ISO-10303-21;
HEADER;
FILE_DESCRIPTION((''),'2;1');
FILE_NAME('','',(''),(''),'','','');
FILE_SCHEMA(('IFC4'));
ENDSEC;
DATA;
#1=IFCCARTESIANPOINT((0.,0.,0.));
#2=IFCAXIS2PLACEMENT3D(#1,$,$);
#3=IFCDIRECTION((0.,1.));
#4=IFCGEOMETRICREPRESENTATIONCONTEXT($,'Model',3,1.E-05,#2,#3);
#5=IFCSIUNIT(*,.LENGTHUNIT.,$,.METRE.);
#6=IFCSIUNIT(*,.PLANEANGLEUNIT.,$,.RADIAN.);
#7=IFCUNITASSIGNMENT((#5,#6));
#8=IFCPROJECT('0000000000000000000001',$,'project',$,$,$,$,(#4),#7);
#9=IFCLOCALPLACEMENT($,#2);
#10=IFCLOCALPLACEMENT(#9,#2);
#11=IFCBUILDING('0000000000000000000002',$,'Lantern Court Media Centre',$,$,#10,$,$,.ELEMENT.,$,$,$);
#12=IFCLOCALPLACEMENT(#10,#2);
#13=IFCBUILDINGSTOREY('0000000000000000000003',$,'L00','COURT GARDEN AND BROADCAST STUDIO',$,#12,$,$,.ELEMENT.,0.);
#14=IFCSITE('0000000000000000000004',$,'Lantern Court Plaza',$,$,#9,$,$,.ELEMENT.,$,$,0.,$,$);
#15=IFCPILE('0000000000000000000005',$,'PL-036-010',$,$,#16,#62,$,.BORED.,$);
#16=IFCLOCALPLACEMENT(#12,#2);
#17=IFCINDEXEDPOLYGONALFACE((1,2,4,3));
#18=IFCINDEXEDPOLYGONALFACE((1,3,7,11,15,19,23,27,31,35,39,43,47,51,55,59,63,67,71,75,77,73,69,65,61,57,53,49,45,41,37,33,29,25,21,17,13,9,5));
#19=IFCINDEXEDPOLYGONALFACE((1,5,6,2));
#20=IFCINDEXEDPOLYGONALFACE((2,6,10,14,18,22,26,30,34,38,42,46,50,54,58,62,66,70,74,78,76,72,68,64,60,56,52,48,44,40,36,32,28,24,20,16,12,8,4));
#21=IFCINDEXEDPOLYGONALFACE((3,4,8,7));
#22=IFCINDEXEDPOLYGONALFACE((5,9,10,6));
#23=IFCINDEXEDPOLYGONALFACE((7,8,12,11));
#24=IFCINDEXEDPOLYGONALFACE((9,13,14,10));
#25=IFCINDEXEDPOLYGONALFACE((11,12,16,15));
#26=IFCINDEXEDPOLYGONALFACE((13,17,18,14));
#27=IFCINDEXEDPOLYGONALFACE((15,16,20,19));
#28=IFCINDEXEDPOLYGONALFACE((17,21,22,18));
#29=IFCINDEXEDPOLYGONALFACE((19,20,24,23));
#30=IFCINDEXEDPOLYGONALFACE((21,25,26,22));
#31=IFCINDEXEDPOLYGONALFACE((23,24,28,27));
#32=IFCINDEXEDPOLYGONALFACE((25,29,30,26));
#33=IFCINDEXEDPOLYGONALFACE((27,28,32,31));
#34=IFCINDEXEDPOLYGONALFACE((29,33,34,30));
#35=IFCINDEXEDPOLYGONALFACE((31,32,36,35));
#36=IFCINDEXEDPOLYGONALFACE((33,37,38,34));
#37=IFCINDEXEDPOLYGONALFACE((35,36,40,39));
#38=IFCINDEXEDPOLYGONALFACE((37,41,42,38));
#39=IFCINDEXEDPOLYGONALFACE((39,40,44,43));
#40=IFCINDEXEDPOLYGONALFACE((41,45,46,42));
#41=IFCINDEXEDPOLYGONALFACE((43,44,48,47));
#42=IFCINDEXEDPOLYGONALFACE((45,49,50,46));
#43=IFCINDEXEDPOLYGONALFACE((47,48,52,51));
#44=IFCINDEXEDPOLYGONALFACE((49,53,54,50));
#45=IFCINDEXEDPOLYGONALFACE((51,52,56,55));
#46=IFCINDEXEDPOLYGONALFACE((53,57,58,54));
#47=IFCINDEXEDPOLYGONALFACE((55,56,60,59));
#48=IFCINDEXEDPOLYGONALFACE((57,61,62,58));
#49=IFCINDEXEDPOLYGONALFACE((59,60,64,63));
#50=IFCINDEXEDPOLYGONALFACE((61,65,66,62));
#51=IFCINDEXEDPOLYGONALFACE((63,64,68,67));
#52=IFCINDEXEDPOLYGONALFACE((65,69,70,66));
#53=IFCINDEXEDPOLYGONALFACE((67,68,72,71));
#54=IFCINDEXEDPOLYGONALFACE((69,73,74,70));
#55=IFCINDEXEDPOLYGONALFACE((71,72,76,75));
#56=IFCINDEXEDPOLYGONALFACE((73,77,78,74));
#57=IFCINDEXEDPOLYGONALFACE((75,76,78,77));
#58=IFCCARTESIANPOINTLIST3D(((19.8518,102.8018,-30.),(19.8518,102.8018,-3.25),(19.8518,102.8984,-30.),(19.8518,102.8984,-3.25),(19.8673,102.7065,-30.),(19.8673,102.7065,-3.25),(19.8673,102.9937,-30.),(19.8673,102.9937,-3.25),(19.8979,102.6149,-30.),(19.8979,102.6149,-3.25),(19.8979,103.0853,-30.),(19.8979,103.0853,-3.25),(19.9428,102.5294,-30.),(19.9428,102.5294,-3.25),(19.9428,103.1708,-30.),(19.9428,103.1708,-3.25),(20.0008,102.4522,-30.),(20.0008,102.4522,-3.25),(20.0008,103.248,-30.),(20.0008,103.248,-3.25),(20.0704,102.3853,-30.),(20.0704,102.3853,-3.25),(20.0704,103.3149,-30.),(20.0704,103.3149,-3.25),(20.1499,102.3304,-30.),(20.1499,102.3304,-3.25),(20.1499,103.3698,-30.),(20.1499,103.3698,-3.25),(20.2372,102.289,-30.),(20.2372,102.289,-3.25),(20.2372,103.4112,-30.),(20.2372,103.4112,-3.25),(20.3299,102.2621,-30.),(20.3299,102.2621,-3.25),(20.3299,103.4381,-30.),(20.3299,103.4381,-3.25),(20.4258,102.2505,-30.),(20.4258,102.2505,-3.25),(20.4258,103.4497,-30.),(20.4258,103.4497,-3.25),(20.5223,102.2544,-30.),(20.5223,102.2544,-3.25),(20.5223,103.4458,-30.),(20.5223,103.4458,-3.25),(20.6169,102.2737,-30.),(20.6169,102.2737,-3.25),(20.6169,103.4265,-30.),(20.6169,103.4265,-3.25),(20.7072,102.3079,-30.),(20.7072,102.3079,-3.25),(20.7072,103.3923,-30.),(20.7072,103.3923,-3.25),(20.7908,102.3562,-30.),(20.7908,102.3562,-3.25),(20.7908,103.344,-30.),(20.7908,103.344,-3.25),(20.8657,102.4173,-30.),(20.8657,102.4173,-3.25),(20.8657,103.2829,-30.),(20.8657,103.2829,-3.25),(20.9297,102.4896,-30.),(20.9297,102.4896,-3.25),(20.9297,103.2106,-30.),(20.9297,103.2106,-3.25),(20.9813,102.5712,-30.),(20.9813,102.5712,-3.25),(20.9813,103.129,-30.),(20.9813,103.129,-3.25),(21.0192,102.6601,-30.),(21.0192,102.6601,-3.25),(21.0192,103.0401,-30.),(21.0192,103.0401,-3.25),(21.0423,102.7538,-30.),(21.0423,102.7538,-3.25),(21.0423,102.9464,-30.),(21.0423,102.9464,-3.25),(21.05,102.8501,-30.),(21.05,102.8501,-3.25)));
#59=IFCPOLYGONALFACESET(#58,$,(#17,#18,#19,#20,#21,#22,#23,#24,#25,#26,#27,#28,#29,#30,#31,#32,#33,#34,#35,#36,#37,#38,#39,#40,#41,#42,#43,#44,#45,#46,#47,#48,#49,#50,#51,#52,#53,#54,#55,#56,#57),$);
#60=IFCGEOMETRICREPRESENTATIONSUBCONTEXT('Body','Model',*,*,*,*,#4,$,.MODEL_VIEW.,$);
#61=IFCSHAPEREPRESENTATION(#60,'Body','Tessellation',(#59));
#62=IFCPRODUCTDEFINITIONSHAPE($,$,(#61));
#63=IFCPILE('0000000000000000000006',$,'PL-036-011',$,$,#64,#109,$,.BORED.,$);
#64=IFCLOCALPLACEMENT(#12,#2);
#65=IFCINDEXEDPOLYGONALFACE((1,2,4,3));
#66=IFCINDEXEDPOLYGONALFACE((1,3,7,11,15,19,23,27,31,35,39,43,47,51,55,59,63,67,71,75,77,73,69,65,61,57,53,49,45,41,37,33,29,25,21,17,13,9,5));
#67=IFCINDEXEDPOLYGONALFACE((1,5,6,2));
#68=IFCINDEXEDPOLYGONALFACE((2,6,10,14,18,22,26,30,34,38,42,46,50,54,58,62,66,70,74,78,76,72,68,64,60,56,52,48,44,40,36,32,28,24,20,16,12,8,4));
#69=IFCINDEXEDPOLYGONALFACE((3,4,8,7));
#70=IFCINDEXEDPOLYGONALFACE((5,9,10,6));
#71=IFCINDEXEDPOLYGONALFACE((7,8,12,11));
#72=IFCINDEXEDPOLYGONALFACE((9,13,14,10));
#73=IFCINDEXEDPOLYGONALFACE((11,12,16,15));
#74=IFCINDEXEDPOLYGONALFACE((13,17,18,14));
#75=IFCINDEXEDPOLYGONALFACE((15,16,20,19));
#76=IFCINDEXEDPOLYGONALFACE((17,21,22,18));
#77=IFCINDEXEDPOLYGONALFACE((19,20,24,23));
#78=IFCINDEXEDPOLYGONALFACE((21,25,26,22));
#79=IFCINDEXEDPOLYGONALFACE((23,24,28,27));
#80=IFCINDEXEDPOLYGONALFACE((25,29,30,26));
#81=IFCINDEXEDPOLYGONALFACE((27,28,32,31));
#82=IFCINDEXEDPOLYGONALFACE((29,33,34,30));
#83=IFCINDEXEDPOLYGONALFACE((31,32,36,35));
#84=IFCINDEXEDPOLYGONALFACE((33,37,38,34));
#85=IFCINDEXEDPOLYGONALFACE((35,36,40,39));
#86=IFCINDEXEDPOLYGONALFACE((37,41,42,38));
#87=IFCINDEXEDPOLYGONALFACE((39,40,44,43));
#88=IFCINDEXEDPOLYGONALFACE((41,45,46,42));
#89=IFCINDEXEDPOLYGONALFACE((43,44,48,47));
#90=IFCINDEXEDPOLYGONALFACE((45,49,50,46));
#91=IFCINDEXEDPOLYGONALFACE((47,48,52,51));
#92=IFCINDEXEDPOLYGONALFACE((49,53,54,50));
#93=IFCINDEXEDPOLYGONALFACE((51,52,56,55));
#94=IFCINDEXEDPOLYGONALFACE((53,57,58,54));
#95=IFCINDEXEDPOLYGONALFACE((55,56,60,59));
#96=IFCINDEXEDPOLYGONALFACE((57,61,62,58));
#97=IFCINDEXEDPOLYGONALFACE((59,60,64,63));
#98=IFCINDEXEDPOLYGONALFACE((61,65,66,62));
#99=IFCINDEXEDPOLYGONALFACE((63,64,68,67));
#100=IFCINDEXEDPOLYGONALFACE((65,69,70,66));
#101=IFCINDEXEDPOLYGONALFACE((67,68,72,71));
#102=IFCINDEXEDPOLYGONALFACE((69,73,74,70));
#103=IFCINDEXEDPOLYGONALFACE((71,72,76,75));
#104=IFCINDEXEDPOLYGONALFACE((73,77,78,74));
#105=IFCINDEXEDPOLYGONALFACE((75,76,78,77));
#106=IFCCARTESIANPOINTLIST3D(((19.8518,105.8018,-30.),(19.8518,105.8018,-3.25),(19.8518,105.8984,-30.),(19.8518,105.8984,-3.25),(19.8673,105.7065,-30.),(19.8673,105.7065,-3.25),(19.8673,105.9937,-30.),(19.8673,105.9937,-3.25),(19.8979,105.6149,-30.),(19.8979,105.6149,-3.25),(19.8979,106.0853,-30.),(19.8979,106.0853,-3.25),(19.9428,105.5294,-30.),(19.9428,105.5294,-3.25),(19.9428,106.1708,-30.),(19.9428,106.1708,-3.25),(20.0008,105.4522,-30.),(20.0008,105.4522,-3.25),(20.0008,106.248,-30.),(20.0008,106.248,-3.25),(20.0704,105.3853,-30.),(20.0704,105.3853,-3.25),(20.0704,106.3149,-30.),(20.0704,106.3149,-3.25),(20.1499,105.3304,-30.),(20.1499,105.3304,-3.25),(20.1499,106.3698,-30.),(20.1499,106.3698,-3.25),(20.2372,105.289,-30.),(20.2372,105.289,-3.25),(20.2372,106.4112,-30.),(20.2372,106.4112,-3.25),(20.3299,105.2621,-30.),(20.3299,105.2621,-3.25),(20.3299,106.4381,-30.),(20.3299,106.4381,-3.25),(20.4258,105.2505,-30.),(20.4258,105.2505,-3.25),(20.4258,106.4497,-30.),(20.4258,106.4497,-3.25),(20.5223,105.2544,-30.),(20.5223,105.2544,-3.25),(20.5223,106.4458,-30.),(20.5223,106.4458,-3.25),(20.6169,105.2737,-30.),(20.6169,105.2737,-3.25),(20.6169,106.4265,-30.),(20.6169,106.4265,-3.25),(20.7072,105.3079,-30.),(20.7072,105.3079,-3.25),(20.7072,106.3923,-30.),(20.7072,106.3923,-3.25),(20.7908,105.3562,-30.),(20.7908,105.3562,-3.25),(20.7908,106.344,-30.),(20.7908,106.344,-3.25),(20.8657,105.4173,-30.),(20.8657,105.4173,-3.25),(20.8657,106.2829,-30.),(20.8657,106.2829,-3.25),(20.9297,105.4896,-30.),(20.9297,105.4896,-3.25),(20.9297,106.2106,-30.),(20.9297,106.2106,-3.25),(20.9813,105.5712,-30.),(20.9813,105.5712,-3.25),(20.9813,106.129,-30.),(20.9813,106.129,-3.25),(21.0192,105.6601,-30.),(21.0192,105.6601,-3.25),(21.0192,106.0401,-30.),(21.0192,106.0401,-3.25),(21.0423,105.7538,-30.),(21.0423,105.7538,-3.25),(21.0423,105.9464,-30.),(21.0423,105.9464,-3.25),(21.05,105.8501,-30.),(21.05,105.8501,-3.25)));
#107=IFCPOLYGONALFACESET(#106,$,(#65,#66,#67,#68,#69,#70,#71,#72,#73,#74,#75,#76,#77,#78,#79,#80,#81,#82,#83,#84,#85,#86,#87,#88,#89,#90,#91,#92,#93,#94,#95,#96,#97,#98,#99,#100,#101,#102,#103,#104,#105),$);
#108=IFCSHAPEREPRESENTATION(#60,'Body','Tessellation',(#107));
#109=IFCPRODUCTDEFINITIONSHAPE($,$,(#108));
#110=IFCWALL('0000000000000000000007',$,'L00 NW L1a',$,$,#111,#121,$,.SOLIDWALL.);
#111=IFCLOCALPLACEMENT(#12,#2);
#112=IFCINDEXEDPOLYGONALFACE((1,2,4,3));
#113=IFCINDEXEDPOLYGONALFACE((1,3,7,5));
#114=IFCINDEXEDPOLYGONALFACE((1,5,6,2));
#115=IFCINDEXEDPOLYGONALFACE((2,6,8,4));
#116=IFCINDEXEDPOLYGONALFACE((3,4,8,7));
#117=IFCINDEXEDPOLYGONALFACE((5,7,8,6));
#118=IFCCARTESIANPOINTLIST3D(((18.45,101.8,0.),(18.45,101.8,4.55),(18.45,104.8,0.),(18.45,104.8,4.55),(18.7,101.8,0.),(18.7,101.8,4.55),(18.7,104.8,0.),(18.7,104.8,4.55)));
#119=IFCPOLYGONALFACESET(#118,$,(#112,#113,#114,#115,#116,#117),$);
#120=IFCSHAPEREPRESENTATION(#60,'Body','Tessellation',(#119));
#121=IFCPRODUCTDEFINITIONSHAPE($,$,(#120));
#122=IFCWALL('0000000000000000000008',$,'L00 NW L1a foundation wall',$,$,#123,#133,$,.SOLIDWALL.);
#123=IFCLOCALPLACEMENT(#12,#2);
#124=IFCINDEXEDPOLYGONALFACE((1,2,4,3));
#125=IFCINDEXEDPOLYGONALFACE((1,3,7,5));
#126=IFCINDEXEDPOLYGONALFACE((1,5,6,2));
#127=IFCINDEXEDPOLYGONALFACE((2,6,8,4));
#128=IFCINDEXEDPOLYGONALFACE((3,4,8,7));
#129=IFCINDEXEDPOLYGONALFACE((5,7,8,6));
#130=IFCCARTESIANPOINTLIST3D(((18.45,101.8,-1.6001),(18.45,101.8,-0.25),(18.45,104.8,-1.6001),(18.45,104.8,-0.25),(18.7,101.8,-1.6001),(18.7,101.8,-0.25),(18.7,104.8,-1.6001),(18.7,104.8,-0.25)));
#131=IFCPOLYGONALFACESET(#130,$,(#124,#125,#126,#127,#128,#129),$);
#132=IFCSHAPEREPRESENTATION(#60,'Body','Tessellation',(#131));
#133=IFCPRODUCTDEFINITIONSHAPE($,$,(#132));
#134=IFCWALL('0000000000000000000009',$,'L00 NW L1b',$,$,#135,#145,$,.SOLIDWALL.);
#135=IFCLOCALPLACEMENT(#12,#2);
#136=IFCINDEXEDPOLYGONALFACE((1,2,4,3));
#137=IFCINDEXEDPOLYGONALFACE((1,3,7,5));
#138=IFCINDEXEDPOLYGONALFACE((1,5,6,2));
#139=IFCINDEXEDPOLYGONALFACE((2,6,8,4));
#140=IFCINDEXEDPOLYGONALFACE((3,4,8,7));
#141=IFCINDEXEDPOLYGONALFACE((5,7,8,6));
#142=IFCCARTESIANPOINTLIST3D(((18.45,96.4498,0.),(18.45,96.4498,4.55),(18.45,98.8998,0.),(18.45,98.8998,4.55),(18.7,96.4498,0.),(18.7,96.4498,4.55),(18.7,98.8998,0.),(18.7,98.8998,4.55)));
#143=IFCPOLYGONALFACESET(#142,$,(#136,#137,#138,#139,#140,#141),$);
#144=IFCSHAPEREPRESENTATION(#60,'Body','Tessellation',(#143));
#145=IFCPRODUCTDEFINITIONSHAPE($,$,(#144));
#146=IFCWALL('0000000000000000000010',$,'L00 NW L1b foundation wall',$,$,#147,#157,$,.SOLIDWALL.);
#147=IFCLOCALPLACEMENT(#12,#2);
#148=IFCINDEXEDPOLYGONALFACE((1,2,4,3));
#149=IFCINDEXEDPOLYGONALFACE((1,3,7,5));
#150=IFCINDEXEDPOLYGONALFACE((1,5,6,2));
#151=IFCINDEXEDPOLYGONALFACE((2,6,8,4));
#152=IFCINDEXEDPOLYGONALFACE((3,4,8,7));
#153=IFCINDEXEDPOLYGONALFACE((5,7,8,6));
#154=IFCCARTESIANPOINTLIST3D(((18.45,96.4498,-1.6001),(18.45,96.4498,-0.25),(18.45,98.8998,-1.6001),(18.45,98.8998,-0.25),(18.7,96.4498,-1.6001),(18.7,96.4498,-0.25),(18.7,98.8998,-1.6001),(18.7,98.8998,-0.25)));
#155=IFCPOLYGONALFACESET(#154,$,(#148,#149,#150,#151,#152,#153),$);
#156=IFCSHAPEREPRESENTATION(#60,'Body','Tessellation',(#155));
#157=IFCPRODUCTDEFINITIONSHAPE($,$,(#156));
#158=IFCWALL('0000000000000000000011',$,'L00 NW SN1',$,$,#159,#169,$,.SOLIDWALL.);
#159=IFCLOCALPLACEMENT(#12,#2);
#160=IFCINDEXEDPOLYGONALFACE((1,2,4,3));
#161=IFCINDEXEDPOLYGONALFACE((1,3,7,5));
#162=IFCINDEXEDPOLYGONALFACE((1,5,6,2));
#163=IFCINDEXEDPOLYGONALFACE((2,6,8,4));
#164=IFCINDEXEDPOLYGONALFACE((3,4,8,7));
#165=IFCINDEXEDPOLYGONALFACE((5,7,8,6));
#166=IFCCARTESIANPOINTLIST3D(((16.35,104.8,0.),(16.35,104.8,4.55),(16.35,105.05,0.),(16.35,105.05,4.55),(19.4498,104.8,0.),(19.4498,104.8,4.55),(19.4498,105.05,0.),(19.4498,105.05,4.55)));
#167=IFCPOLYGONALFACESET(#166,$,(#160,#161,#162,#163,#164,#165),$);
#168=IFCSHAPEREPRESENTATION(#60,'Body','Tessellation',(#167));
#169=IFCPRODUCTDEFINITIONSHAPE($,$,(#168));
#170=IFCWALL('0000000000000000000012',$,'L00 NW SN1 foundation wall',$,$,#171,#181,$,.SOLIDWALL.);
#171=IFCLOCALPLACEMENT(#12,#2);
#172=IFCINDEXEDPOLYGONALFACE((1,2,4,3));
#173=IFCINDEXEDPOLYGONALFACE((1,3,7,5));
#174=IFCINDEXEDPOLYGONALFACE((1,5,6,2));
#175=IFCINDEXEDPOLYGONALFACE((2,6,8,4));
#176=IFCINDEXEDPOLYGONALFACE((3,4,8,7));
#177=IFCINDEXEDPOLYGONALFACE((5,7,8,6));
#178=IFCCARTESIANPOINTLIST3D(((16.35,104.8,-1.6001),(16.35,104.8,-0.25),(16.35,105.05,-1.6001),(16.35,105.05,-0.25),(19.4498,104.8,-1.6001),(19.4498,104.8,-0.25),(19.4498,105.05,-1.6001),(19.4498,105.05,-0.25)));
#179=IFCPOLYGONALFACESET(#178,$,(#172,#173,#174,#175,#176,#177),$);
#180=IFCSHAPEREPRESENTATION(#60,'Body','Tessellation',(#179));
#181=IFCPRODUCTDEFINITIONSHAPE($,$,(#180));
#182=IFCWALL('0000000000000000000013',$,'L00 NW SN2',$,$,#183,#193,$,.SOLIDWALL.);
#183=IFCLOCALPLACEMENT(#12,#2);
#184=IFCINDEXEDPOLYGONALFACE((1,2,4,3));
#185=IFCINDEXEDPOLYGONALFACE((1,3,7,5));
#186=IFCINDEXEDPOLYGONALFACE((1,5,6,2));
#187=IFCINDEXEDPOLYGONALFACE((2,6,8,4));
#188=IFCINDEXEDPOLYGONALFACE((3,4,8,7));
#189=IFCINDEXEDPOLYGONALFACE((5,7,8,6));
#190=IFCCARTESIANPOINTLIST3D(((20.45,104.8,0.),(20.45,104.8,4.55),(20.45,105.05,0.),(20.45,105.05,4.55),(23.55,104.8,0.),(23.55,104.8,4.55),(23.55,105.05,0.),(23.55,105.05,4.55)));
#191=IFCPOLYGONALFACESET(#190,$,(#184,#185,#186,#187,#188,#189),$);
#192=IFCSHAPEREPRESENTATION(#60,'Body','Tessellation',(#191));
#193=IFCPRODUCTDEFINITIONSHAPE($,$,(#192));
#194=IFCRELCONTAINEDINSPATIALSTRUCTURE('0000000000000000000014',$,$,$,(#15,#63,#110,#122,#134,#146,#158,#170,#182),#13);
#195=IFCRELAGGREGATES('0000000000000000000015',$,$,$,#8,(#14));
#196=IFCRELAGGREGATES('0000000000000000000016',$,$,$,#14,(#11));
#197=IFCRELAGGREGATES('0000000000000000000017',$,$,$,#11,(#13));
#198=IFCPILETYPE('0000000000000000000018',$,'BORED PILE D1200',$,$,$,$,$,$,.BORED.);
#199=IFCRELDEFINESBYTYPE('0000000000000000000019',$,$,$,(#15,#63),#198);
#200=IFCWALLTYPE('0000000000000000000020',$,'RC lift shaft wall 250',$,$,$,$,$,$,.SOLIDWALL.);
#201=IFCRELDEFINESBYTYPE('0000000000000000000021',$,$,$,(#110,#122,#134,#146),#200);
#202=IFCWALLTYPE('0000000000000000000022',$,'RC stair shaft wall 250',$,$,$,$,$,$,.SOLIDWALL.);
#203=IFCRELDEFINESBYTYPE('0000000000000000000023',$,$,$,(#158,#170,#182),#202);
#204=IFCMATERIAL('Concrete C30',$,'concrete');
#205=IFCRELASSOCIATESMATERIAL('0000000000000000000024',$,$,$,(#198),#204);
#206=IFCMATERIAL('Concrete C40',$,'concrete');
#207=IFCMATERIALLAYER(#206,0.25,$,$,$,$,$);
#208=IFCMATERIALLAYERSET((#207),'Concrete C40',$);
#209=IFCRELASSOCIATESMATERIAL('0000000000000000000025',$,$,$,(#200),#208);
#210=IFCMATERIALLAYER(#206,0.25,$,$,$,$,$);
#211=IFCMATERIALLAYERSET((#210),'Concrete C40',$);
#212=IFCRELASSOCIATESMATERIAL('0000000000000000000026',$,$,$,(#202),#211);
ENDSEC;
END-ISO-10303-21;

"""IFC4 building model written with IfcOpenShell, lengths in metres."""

from ifc_helpers import new_model, si_unit, direction, frame, frame_2d, origin, origin_2d, place, context, subcontext, project, spatial, rectangle, circle, extrude, material, layer, layer_set, material_profile, profile_set, type_object, element, save


model = new_model("IFC4")

# Units and contexts
model_context = context("Model", 3, precision=1e-05, world=origin(), true_north=direction((0.0, 1.0)))
body_context = subcontext(model_context, "Body", "Model", "MODEL_VIEW")
ifc_project = project(units=[si_unit("LENGTHUNIT", "METRE"), si_unit("PLANEANGLEUNIT", "RADIAN")], contexts=[model_context])

# Site, building, storey
site_placement = place(None, origin())
site = spatial("IfcSite", under=ifc_project, at=site_placement, Name="Lantern Court Plaza", CompositionType="ELEMENT", RefElevation=0.0)
building_placement = place(site_placement, origin())
building = spatial("IfcBuilding", under=site, at=building_placement, Name="Lantern Court Media Centre", CompositionType="ELEMENT")
storey_placement = place(building_placement, origin())
storey = spatial("IfcBuildingStorey", under=building, at=storey_placement, Name="L00", Description="COURT GARDEN AND BROADCAST STUDIO", CompositionType="ELEMENT", Elevation=0.0)

# Piles
ifc_material_1 = material(Name="Concrete C30", Category="concrete")
ifc_material_profile = material_profile(ifc_material_1, circle(Radius=0.6001, at=origin_2d()), Name="D1200")
ifc_profile_set = profile_set([ifc_material_profile], Name="Concrete C30")
pile_type = type_object("IfcPileType", Name="BORED PILE D1200", PredefinedType="BORED", material=ifc_profile_set)
for number, where, z_axis, x_axis, name in (
    (1, (20.45, 102.8501, -3.25), (0.0, 0.0, -1.0), (1.0, 0.0, 0.0), "PL-036-010"),
    (2, (20.45, 105.8501, -3.25), (0.0, 0.0, -1.0), (1.0, 0.0, 0.0), "PL-036-011"),
):
    element("IfcPile", number, at=place(storey_placement, frame(where, z_axis=z_axis, x_axis=x_axis)), inside=storey, type_object=pile_type, Name=name, PredefinedType="BORED", context=body_context, shape_type="SweptSolid", body=[
        extrude(circle(Radius=0.6001, at=origin_2d()), origin(), (0.0, 0.0, 1.0), 26.75),
    ])

# Walls
ifc_material_2 = material(Name="Concrete C40", Category="concrete")
ifc_layer_1 = layer(ifc_material_2, 0.25)
ifc_layer_set_1 = layer_set([ifc_layer_1], Name="Concrete C40")
wall_type_1 = type_object("IfcWallType", Name="RC lift shaft wall 250", PredefinedType="SOLIDWALL", material=ifc_layer_set_1)
wall_1_placement = place(storey_placement, frame((18.575, 104.8, 0.0), z_axis=(0.0, 0.0, 1.0), x_axis=(0.0, -1.0, 0.0)))
element("IfcWall", 3, at=wall_1_placement, inside=storey, type_object=wall_type_1, Name="L00 NW L1a", PredefinedType="SOLIDWALL", context=body_context, shape_type="SweptSolid", body=[
    extrude(rectangle(XDim=3.0, YDim=0.25, at=frame_2d((1.5, 0.0))), origin(), (0.0, 0.0, 1.0), 4.55),
])
wall_2_placement = place(storey_placement, frame((18.575, 104.8, -1.6001), z_axis=(0.0, 0.0, 1.0), x_axis=(0.0, -1.0, 0.0)))
element("IfcWall", 4, at=wall_2_placement, inside=storey, type_object=wall_type_1, Name="L00 NW L1a foundation wall", PredefinedType="SOLIDWALL", context=body_context, shape_type="SweptSolid", body=[
    extrude(rectangle(XDim=3.0, YDim=0.25, at=frame_2d((1.5, 0.0))), origin(), (0.0, 0.0, 1.0), 1.3501),
])
wall_3_placement = place(storey_placement, frame((18.575, 98.8999, 0.0), z_axis=(0.0, 0.0, 1.0), x_axis=(0.0, -1.0, 0.0)))
element("IfcWall", 5, at=wall_3_placement, inside=storey, type_object=wall_type_1, Name="L00 NW L1b", PredefinedType="SOLIDWALL", context=body_context, shape_type="SweptSolid", body=[
    extrude(rectangle(XDim=2.45, YDim=0.25, at=frame_2d((1.2251, 0.0))), origin(), (0.0, 0.0, 1.0), 4.55),
])
wall_4_placement = place(storey_placement, frame((18.575, 98.8999, -1.6001), z_axis=(0.0, 0.0, 1.0), x_axis=(0.0, -1.0, 0.0)))
element("IfcWall", 6, at=wall_4_placement, inside=storey, type_object=wall_type_1, Name="L00 NW L1b foundation wall", PredefinedType="SOLIDWALL", context=body_context, shape_type="SweptSolid", body=[
    extrude(rectangle(XDim=2.45, YDim=0.25, at=frame_2d((1.2251, 0.0))), origin(), (0.0, 0.0, 1.0), 1.3501),
])
ifc_layer_2 = layer(ifc_material_2, 0.25)
ifc_layer_set_2 = layer_set([ifc_layer_2], Name="Concrete C40")
wall_type_2 = type_object("IfcWallType", Name="RC stair shaft wall 250", PredefinedType="SOLIDWALL", material=ifc_layer_set_2)
wall_5_placement = place(storey_placement, frame((16.3501, 104.925, 0.0), z_axis=(0.0, 0.0, 1.0), x_axis=(1.0, 0.0, 0.0)))
element("IfcWall", 7, at=wall_5_placement, inside=storey, type_object=wall_type_2, Name="L00 NW SN1", PredefinedType="SOLIDWALL", context=body_context, shape_type="SweptSolid", body=[
    extrude(rectangle(XDim=3.0999, YDim=0.25, at=frame_2d((1.5498, 0.0))), origin(), (0.0, 0.0, 1.0), 4.55),
])
wall_6_placement = place(storey_placement, frame((16.3501, 104.925, -1.6001), z_axis=(0.0, 0.0, 1.0), x_axis=(1.0, 0.0, 0.0)))
element("IfcWall", 8, at=wall_6_placement, inside=storey, type_object=wall_type_2, Name="L00 NW SN1 foundation wall", PredefinedType="SOLIDWALL", context=body_context, shape_type="SweptSolid", body=[
    extrude(rectangle(XDim=3.0999, YDim=0.25, at=frame_2d((1.5498, 0.0))), origin(), (0.0, 0.0, 1.0), 1.3501),
])
wall_7_placement = place(storey_placement, frame((20.45, 104.925, 0.0), z_axis=(0.0, 0.0, 1.0), x_axis=(1.0, 0.0, 0.0)))
element("IfcWall", 9, at=wall_7_placement, inside=storey, type_object=wall_type_2, Name="L00 NW SN2", PredefinedType="SOLIDWALL", context=body_context, shape_type="SweptSolid", body=[
    extrude(rectangle(XDim=3.1001, YDim=0.25, at=frame_2d((1.55, 0.0))), origin(), (0.0, 0.0, 1.0), 4.55),
])

save(model, "model.ifc")
